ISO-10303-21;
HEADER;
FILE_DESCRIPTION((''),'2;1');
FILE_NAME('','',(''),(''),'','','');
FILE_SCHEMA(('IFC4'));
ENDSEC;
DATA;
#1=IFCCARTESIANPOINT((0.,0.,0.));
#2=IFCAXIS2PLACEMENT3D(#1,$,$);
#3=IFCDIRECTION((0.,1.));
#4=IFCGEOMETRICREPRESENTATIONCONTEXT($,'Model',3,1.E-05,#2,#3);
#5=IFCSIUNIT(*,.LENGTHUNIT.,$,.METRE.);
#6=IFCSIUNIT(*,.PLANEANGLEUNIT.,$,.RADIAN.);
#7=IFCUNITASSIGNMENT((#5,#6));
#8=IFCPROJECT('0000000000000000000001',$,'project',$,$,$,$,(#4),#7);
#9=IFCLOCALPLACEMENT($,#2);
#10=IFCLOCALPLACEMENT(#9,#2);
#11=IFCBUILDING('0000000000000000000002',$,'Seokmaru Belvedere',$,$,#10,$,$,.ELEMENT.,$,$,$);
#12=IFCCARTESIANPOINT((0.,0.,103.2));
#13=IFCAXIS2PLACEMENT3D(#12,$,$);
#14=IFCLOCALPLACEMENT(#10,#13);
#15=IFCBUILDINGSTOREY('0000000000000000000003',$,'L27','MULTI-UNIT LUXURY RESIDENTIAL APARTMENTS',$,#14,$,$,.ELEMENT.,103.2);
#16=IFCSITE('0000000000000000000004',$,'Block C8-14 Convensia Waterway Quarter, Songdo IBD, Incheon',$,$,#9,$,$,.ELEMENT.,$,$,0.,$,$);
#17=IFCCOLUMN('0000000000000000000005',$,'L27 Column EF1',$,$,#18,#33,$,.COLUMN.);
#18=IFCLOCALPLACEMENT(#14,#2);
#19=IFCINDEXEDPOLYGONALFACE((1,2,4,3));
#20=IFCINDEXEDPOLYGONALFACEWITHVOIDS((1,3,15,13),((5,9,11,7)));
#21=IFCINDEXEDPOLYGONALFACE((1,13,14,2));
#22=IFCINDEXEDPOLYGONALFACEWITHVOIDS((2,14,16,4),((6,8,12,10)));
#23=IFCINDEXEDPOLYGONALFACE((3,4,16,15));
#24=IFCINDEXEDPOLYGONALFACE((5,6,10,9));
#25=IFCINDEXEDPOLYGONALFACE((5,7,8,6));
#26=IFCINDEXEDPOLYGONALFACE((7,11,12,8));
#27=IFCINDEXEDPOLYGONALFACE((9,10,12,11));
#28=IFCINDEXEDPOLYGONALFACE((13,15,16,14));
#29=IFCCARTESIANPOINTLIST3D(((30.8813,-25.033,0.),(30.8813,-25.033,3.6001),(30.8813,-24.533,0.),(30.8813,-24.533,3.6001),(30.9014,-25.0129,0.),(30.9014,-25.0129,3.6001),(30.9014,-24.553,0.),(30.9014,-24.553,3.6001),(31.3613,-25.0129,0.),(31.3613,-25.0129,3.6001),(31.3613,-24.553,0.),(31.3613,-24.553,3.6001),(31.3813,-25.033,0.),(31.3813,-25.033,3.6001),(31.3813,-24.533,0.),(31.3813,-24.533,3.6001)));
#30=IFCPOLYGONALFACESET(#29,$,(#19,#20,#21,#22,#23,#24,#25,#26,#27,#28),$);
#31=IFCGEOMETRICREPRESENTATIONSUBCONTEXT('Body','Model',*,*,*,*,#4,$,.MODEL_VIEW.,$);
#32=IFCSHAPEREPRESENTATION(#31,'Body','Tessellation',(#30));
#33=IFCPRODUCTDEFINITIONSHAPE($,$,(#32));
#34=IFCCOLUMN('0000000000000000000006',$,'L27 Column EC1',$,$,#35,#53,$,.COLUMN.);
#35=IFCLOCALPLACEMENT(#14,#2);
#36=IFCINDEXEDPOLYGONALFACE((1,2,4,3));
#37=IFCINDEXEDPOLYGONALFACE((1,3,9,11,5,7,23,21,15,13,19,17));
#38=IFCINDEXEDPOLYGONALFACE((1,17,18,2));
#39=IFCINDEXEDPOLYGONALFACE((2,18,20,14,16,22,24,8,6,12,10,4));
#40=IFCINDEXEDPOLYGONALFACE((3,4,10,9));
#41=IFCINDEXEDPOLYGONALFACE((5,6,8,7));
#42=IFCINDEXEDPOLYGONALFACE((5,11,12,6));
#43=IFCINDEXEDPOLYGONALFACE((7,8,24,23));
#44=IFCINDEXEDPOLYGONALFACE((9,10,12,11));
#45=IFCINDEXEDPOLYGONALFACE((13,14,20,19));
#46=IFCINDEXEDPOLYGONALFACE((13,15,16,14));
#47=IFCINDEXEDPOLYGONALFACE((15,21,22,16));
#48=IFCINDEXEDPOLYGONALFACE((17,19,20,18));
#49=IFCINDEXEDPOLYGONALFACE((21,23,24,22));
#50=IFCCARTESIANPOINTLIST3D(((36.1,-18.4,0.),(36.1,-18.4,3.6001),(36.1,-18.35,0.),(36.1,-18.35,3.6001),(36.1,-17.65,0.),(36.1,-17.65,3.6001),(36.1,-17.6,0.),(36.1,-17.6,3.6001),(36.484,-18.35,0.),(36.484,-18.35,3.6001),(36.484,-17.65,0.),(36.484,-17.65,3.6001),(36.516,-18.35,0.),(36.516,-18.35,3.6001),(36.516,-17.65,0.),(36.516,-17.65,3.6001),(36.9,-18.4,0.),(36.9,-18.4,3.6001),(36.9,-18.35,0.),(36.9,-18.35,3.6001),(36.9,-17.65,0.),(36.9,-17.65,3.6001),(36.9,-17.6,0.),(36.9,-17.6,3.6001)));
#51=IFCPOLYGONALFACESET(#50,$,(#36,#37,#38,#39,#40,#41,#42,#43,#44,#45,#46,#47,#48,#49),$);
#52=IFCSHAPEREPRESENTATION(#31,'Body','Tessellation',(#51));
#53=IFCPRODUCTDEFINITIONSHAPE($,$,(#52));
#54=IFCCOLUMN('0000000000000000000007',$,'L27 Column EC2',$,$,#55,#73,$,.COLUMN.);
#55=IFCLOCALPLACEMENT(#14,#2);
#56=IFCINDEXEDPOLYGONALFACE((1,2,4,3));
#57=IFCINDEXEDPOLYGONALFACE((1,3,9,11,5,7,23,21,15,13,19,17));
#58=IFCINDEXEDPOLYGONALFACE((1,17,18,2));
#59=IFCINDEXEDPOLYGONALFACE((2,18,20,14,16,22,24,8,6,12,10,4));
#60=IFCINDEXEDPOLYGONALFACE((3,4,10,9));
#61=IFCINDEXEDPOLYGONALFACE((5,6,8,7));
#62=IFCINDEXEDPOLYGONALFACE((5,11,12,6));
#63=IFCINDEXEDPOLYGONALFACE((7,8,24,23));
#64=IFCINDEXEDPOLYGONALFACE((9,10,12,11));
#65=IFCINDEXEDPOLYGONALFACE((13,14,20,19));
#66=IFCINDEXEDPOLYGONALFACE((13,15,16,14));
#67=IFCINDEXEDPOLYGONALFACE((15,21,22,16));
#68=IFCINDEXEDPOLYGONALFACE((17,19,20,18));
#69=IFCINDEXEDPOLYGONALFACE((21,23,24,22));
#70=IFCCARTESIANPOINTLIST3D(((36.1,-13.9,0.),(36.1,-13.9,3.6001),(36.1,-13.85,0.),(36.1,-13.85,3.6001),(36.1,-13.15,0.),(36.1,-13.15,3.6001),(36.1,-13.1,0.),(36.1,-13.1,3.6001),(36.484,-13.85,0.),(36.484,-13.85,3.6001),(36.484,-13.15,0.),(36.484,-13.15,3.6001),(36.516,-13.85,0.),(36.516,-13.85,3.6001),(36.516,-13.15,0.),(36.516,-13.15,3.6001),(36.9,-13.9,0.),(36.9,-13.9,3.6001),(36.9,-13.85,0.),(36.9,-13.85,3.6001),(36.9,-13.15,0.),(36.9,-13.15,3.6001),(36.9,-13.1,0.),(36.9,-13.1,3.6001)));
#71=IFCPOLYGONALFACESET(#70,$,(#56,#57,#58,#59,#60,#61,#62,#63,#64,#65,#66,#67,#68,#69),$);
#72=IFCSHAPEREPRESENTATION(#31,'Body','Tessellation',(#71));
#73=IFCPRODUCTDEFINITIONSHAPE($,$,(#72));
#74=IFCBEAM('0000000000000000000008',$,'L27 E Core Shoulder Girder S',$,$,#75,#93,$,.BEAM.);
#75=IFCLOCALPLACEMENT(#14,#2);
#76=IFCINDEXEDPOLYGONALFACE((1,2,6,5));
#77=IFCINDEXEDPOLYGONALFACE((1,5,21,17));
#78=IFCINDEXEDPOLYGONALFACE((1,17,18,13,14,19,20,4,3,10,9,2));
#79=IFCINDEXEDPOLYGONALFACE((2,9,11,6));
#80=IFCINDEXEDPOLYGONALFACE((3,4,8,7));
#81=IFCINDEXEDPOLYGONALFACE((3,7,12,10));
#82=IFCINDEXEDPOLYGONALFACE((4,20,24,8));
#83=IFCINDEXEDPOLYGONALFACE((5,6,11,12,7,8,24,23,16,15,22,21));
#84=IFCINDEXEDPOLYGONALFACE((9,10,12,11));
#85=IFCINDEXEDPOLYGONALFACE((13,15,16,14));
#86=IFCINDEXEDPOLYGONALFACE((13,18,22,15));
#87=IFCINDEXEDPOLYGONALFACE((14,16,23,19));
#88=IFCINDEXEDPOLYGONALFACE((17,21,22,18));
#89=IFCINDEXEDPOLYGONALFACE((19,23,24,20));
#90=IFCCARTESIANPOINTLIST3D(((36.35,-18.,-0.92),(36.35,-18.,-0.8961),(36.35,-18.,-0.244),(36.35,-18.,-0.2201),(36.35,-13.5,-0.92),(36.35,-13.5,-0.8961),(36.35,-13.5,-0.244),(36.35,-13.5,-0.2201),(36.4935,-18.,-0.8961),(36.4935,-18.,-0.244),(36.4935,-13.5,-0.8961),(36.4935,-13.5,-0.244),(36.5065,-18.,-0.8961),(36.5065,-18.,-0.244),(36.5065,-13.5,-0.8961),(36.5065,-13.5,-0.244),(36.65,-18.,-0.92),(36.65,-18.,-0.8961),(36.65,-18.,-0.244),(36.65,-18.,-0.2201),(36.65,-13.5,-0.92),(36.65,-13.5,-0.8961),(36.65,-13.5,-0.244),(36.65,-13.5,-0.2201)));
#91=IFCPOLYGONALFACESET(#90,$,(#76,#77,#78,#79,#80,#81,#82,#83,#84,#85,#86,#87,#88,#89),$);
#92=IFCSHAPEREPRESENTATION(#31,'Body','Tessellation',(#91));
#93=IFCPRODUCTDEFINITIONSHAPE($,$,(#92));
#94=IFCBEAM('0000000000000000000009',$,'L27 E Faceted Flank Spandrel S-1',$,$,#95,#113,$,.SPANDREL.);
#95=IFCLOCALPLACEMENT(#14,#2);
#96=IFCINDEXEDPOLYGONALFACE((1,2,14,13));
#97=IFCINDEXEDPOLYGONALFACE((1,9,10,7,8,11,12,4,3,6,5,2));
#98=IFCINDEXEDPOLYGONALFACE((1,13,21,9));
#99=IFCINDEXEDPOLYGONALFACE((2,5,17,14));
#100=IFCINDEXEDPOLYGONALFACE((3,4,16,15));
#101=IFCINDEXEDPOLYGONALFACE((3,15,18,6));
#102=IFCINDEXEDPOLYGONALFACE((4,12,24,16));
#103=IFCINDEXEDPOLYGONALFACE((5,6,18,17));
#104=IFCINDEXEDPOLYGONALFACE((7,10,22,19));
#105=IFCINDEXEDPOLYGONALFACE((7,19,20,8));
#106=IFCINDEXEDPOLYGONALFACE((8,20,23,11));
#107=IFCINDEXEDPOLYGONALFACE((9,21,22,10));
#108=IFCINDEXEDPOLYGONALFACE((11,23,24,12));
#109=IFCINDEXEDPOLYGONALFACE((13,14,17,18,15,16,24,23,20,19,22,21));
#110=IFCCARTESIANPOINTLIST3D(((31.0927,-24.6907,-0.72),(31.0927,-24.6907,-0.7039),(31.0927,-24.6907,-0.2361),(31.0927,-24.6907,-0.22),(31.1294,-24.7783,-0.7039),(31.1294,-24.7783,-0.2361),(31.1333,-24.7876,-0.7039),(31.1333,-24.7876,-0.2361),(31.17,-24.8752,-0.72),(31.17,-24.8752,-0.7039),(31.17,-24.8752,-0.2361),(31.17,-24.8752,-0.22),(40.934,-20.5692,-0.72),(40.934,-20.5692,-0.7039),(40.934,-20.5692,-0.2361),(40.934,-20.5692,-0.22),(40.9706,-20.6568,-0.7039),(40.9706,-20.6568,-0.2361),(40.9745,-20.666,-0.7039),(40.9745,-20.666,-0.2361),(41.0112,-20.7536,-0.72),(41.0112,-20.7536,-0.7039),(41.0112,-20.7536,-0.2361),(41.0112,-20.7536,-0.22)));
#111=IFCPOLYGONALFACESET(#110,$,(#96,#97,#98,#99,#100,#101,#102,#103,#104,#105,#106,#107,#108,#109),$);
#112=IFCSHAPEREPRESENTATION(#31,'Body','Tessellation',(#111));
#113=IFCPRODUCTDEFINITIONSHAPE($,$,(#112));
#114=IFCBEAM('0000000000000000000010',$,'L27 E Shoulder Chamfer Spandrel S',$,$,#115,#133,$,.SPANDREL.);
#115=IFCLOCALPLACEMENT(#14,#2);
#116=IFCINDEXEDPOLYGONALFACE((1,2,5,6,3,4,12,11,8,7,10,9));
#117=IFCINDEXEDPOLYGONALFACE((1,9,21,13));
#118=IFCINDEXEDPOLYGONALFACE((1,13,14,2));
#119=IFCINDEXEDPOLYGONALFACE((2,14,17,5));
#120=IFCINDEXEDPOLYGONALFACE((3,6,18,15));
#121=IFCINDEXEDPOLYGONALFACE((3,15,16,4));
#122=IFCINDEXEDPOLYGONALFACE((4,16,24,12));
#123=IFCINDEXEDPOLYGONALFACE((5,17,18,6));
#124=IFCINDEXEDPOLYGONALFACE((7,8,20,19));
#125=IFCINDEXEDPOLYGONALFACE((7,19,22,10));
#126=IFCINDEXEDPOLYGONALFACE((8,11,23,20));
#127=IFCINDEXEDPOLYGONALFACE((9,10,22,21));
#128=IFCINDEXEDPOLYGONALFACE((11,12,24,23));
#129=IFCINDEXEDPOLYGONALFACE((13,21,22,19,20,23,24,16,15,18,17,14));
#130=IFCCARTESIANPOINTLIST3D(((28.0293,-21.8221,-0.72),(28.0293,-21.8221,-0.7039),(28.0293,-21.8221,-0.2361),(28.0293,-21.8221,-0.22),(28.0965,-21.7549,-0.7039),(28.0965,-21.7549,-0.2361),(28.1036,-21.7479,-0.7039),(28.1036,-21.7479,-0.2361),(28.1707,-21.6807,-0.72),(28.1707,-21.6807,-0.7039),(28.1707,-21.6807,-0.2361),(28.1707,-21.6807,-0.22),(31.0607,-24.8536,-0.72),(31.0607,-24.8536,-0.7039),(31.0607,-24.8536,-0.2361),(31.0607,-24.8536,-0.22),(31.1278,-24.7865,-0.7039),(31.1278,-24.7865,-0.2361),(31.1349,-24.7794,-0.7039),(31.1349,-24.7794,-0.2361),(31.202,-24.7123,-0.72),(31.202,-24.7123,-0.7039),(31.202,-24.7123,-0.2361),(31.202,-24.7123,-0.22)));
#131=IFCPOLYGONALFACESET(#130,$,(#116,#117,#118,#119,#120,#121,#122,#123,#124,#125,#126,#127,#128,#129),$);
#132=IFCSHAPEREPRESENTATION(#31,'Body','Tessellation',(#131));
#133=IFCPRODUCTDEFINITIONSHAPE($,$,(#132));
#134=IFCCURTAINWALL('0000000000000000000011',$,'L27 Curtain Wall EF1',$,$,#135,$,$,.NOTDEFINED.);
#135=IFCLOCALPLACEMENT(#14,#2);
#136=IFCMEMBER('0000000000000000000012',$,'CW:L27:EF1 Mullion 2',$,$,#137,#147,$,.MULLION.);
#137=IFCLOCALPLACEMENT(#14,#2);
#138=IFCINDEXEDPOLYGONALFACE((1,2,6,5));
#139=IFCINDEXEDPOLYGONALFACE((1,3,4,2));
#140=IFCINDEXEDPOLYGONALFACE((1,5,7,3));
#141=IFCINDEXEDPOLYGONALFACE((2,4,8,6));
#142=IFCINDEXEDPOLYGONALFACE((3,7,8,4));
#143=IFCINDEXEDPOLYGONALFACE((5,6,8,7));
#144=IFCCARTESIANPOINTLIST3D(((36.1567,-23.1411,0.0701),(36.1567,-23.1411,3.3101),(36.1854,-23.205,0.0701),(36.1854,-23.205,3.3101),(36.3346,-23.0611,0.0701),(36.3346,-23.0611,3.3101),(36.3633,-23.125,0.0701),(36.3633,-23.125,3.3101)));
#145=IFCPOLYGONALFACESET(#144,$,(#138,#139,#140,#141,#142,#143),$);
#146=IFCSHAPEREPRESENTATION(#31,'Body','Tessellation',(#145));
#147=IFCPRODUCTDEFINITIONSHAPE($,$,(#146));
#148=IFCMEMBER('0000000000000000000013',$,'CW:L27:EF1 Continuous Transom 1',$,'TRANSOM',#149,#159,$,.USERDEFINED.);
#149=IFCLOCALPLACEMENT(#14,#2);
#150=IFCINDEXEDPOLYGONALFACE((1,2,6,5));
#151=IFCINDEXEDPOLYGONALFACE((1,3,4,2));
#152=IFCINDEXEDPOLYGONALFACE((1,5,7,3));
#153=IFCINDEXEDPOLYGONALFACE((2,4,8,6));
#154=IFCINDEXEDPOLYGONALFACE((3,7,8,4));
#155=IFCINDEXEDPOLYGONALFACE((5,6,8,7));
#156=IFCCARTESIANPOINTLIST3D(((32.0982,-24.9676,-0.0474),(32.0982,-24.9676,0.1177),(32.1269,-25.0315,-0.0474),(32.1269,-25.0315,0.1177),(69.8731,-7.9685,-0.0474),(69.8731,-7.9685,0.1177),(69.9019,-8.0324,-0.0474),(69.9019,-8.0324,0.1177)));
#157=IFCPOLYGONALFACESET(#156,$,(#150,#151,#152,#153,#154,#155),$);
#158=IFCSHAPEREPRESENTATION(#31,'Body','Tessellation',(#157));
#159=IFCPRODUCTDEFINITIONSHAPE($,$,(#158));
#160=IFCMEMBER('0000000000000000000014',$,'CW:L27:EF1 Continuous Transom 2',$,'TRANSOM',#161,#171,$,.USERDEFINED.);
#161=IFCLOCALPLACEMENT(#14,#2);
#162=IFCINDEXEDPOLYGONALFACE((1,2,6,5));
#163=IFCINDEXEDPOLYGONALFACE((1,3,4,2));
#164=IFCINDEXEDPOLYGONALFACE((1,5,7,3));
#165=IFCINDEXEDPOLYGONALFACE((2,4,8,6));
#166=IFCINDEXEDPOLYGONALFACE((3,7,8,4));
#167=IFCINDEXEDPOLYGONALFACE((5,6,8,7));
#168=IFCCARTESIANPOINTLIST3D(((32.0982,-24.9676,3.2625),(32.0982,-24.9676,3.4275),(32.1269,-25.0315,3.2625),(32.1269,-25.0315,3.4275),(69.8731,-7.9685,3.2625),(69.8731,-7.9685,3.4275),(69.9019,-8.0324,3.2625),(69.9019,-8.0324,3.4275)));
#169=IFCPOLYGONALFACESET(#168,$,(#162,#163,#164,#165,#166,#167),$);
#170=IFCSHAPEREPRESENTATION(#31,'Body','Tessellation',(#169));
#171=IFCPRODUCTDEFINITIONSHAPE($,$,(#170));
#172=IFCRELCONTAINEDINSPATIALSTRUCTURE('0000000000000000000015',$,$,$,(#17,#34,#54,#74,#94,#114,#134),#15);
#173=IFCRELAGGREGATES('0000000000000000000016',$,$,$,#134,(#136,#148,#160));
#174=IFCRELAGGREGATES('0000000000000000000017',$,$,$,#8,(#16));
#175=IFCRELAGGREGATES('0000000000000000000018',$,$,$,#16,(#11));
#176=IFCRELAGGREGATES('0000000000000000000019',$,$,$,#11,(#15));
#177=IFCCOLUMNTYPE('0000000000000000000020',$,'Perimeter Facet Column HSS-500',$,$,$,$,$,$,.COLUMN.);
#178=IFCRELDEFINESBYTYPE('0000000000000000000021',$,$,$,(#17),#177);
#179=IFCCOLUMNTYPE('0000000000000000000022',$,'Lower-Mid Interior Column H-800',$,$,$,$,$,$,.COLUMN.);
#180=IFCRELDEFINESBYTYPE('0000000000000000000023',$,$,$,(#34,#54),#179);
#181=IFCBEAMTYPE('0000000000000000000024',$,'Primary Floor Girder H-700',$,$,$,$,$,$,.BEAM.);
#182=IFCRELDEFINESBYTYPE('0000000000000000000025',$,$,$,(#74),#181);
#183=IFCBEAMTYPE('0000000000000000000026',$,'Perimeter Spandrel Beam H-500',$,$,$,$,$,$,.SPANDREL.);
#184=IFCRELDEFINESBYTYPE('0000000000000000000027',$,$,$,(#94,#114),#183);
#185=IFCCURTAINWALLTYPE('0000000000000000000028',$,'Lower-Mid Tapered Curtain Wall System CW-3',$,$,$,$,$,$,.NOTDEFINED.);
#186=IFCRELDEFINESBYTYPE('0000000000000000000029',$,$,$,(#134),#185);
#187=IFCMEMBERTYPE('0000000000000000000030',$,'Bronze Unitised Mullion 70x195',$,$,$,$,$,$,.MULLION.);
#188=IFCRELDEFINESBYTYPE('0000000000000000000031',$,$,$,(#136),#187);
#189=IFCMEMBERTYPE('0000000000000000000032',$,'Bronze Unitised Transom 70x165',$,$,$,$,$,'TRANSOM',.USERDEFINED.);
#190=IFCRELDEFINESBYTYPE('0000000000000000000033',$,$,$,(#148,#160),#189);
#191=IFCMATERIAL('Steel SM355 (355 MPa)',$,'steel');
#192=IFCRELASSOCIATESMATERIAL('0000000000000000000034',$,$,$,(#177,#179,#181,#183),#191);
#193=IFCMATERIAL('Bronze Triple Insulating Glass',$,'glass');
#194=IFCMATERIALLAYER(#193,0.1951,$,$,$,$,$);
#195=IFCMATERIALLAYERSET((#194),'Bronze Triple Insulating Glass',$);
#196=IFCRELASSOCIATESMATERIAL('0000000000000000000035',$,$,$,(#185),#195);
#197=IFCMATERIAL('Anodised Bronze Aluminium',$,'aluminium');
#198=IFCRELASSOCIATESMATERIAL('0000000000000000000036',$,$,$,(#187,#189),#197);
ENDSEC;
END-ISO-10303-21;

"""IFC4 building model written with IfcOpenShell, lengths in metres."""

from ifc_helpers import new_model, si_unit, direction, frame, origin, origin_2d, place, context, subcontext, project, spatial, rectangle, hollow_rectangle, i_section, extrude, source, transform, mapped, material, layer, layer_set, material_profile, profile_set, type_object, type_shapes, element, aggregate, save


model = new_model("IFC4")

# Units and contexts
model_context = context("Model", 3, precision=1e-05, world=origin(), true_north=direction((0.0, 1.0)))
body_context = subcontext(model_context, "Body", "Model", "MODEL_VIEW")
ifc_project = project(units=[si_unit("LENGTHUNIT", "METRE"), si_unit("PLANEANGLEUNIT", "RADIAN")], contexts=[model_context])

# Site, building, storey
site_placement = place(None, origin())
site = spatial("IfcSite", under=ifc_project, at=site_placement, Name="Block C8-14 Convensia Waterway Quarter, Songdo IBD, Incheon", CompositionType="ELEMENT", RefElevation=0.0)
building_placement = place(site_placement, origin())
building = spatial("IfcBuilding", under=site, at=building_placement, Name="Seokmaru Belvedere", CompositionType="ELEMENT")
storey_placement = place(building_placement, frame((0.0, 0.0, 103.2)))
storey = spatial("IfcBuildingStorey", under=building, at=storey_placement, Name="L27", Description="MULTI-UNIT LUXURY RESIDENTIAL APARTMENTS", CompositionType="ELEMENT", Elevation=103.2)

# Columns
ifc_material_1 = material(Name="Steel SM355 (355 MPa)", Category="steel")
ifc_material_profile_1 = material_profile(ifc_material_1, hollow_rectangle(XDim=0.5, YDim=0.5, WallThickness=0.02, at=origin_2d()), Name="HSS-500x500x20")
ifc_profile_set_1 = profile_set([ifc_material_profile_1], Name="Steel SM355 (355 MPa)")
column_type_1 = type_object("IfcColumnType", Name="Perimeter Facet Column HSS-500", PredefinedType="COLUMN", material=ifc_profile_set_1)
shared_shape_1 = source(origin(), body_context, "Body", "SweptSolid", [
    extrude(hollow_rectangle(XDim=0.5, YDim=0.5, WallThickness=0.02, at=origin_2d()), origin(), (0.0, 0.0, 1.0), 3.6001),
])
type_shapes(column_type_1, [shared_shape_1])
column_placement = place(storey_placement, frame((31.1313, -24.783, 0.0), z_axis=(0.0, 0.0, 1.0), x_axis=(1.0, 0.0, 0.0)))
element("IfcColumn", 1, at=column_placement, inside=storey, type_object=column_type_1, Name="L27 Column EF1", PredefinedType="COLUMN", context=body_context, shape_type="MappedRepresentation", body=[
    mapped(shared_shape_1, transform((0.0, 0.0, 0.0), scale=1.0)),
])
ifc_material_profile_2 = material_profile(ifc_material_1, i_section(OverallWidth=0.8, OverallDepth=0.8, WebThickness=0.032, FlangeThickness=0.05, at=origin_2d()), Name="H-800x800x32x50")
ifc_profile_set_2 = profile_set([ifc_material_profile_2], Name="Steel SM355 (355 MPa)")
column_type_2 = type_object("IfcColumnType", Name="Lower-Mid Interior Column H-800", PredefinedType="COLUMN", material=ifc_profile_set_2)
shared_shape_2 = source(origin(), body_context, "Body", "SweptSolid", [
    extrude(i_section(OverallWidth=0.8, OverallDepth=0.8, WebThickness=0.032, FlangeThickness=0.05, at=origin_2d()), origin(), (0.0, 0.0, 1.0), 3.6001),
])
type_shapes(column_type_2, [shared_shape_2])
for number, where, z_axis, x_axis, name in (
    (2, (36.5, -18.0, 0.0), (0.0, 0.0, 1.0), (1.0, 0.0, 0.0), "L27 Column EC1"),
    (3, (36.5, -13.5, 0.0), (0.0, 0.0, 1.0), (1.0, 0.0, 0.0), "L27 Column EC2"),
):
    element("IfcColumn", number, at=place(storey_placement, frame(where, z_axis=z_axis, x_axis=x_axis)), inside=storey, type_object=column_type_2, Name=name, PredefinedType="COLUMN", context=body_context, shape_type="MappedRepresentation", body=[
        mapped(shared_shape_2, transform((0.0, 0.0, 0.0), scale=1.0)),
    ])

# Beams
ifc_material_profile_3 = material_profile(ifc_material_1, i_section(OverallWidth=0.3, OverallDepth=0.7, WebThickness=0.0129, FlangeThickness=0.0239, at=origin_2d()), Name="H-700x300x13x24")
ifc_profile_set_3 = profile_set([ifc_material_profile_3], Name="Steel SM355 (355 MPa)")
beam_type_1 = type_object("IfcBeamType", Name="Primary Floor Girder H-700", PredefinedType="BEAM", material=ifc_profile_set_3)
shared_shape_3 = source(origin(), body_context, "Body", "SweptSolid", [
    extrude(i_section(OverallWidth=0.3, OverallDepth=0.7, WebThickness=0.0129, FlangeThickness=0.0239, at=origin_2d()), origin(), (0.0, 0.0, 1.0), 4.5),
])
type_shapes(beam_type_1, [shared_shape_3])
beam_1_placement = place(storey_placement, frame((36.5, -18.0, -0.5701), z_axis=(0.0, 1.0, 0.0), x_axis=(-1.0, 0.0, 0.0)))
element("IfcBeam", 4, at=beam_1_placement, inside=storey, type_object=beam_type_1, Name="L27 E Core Shoulder Girder S", PredefinedType="BEAM", context=body_context, shape_type="MappedRepresentation", body=[
    mapped(shared_shape_3, transform((0.0, 0.0, 0.0), scale=1.0)),
])
ifc_material_profile_4 = material_profile(ifc_material_1, i_section(OverallWidth=0.2, OverallDepth=0.5, WebThickness=0.01, FlangeThickness=0.0161, at=origin_2d()), Name="H-500x200x10x16")
ifc_profile_set_4 = profile_set([ifc_material_profile_4], Name="Steel SM355 (355 MPa)")
beam_type_2 = type_object("IfcBeamType", Name="Perimeter Spandrel Beam H-500", PredefinedType="SPANDREL", material=ifc_profile_set_4)
shared_shape_4 = source(origin(), body_context, "Body", "SweptSolid", [
    extrude(i_section(OverallWidth=0.2, OverallDepth=0.5, WebThickness=0.01, FlangeThickness=0.0161, at=origin_2d()), origin(), (0.0, 0.0, 1.0), 10.6694),
])
beam_2_placement = place(storey_placement, frame((31.1313, -24.783, -0.47), z_axis=(0.922375, 0.386295, 0.0), x_axis=(-0.386295, 0.922375, 0.0)))
element("IfcBeam", 5, at=beam_2_placement, inside=storey, type_object=beam_type_2, Name="L27 E Faceted Flank Spandrel S-1", PredefinedType="SPANDREL", context=body_context, shape_type="MappedRepresentation", body=[
    mapped(shared_shape_4, transform((0.0, 0.0, 0.0), scale=1.0)),
])
shared_shape_5 = source(origin(), body_context, "Body", "SweptSolid", [
    extrude(i_section(OverallWidth=0.2, OverallDepth=0.5, WebThickness=0.01, FlangeThickness=0.0161, at=origin_2d()), origin(), (0.0, 0.0, 1.0), 4.2871),
])
type_shapes(beam_type_2, [shared_shape_4, shared_shape_5])
beam_3_placement = place(storey_placement, frame((31.1313, -24.783, -0.47), z_axis=(-0.707078, 0.707135, 0.0), x_axis=(-0.707135, -0.707078, 0.0)))
element("IfcBeam", 6, at=beam_3_placement, inside=storey, type_object=beam_type_2, Name="L27 E Shoulder Chamfer Spandrel S", PredefinedType="SPANDREL", context=body_context, shape_type="MappedRepresentation", body=[
    mapped(shared_shape_5, transform((0.0, 0.0, 0.0), scale=1.0)),
])

# Curtain wall, members
ifc_material_2 = material(Name="Bronze Triple Insulating Glass", Category="glass")
ifc_layer_1 = layer(ifc_material_2, 0.1951)
ifc_layer_set_1 = layer_set([ifc_layer_1], Name="Bronze Triple Insulating Glass")
curtain_wall_type = type_object("IfcCurtainWallType", Name="Lower-Mid Tapered Curtain Wall System CW-3", PredefinedType="NOTDEFINED", material=ifc_layer_set_1)
curtain_wall_1_placement = place(storey_placement, origin())
curtain_wall_1 = element("IfcCurtainWall", 7, at=curtain_wall_1_placement, inside=storey, type_object=curtain_wall_type, Name="L27 Curtain Wall EF1", PredefinedType="NOTDEFINED")
ifc_material_3 = material(Name="Anodised Bronze Aluminium", Category="aluminium")
ifc_material_profile_5 = material_profile(ifc_material_3, rectangle(XDim=0.0701, YDim=0.1951, at=origin_2d()), Name="CW-M-70x195")
ifc_profile_set_5 = profile_set([ifc_material_profile_5], Name="Anodised Bronze Aluminium")
member_type_1 = type_object("IfcMemberType", Name="Bronze Unitised Mullion 70x195", PredefinedType="MULLION", material=ifc_profile_set_5)
shared_shape_6 = source(origin(), body_context, "Body", "SweptSolid", [
    extrude(rectangle(XDim=0.0701, YDim=0.1951, at=origin_2d()), origin(), (0.0, 0.0, 1.0), 3.24),
])
member_1_placement = place(storey_placement, frame((36.26, -23.1331, 0.0701), z_axis=(0.0, 0.0, 1.0), x_axis=(-0.410366, 0.911921, 0.0)))
member_1 = element("IfcMember", 8, at=member_1_placement, type_object=member_type_1, Name="CW:L27:EF1 Mullion 2", PredefinedType="MULLION", context=body_context, shape_type="MappedRepresentation", body=[
    mapped(shared_shape_6, transform((0.0, 0.0, 0.0), scale=1.0)),
])
ifc_material_profile_6 = material_profile(ifc_material_3, rectangle(XDim=0.0701, YDim=0.165, at=origin_2d()), Name="CW-T-70x165")
ifc_profile_set_6 = profile_set([ifc_material_profile_6], Name="Anodised Bronze Aluminium")
member_type_2 = type_object("IfcMemberType", Name="Bronze Unitised Transom 70x165", ElementType="TRANSOM", PredefinedType="USERDEFINED", material=ifc_profile_set_6)
shared_shape_7 = source(origin(), body_context, "Body", "SweptSolid", [
    extrude(rectangle(XDim=0.0701, YDim=0.165, at=origin_2d()), origin(), (0.0, 0.0, 1.0), 41.4236),
])
type_shapes(member_type_2, [shared_shape_7])
member_2_placement = place(storey_placement, frame((32.1125, -24.9995, 0.0352), z_axis=(0.911919, 0.410371, 0.0), x_axis=(-0.410371, 0.911919, 0.0)))
member_2 = element("IfcMember", 9, at=member_2_placement, type_object=member_type_2, Name="CW:L27:EF1 Continuous Transom 1", ObjectType="TRANSOM", PredefinedType="USERDEFINED", context=body_context, shape_type="MappedRepresentation", body=[
    mapped(shared_shape_7, transform((0.0, 0.0, 0.0), scale=1.0)),
])
member_3_placement = place(storey_placement, frame((32.1125, -24.9995, 3.345), z_axis=(0.911919, 0.410371, 0.0), x_axis=(-0.410371, 0.911919, 0.0)))
member_3 = element("IfcMember", 10, at=member_3_placement, type_object=member_type_2, Name="CW:L27:EF1 Continuous Transom 2", ObjectType="TRANSOM", PredefinedType="USERDEFINED", context=body_context, shape_type="MappedRepresentation", body=[
    mapped(shared_shape_7, transform((0.0, 0.0, 0.0), scale=1.0)),
])

aggregate(curtain_wall_1, [member_1, member_2, member_3])

save(model, "model.ifc")
